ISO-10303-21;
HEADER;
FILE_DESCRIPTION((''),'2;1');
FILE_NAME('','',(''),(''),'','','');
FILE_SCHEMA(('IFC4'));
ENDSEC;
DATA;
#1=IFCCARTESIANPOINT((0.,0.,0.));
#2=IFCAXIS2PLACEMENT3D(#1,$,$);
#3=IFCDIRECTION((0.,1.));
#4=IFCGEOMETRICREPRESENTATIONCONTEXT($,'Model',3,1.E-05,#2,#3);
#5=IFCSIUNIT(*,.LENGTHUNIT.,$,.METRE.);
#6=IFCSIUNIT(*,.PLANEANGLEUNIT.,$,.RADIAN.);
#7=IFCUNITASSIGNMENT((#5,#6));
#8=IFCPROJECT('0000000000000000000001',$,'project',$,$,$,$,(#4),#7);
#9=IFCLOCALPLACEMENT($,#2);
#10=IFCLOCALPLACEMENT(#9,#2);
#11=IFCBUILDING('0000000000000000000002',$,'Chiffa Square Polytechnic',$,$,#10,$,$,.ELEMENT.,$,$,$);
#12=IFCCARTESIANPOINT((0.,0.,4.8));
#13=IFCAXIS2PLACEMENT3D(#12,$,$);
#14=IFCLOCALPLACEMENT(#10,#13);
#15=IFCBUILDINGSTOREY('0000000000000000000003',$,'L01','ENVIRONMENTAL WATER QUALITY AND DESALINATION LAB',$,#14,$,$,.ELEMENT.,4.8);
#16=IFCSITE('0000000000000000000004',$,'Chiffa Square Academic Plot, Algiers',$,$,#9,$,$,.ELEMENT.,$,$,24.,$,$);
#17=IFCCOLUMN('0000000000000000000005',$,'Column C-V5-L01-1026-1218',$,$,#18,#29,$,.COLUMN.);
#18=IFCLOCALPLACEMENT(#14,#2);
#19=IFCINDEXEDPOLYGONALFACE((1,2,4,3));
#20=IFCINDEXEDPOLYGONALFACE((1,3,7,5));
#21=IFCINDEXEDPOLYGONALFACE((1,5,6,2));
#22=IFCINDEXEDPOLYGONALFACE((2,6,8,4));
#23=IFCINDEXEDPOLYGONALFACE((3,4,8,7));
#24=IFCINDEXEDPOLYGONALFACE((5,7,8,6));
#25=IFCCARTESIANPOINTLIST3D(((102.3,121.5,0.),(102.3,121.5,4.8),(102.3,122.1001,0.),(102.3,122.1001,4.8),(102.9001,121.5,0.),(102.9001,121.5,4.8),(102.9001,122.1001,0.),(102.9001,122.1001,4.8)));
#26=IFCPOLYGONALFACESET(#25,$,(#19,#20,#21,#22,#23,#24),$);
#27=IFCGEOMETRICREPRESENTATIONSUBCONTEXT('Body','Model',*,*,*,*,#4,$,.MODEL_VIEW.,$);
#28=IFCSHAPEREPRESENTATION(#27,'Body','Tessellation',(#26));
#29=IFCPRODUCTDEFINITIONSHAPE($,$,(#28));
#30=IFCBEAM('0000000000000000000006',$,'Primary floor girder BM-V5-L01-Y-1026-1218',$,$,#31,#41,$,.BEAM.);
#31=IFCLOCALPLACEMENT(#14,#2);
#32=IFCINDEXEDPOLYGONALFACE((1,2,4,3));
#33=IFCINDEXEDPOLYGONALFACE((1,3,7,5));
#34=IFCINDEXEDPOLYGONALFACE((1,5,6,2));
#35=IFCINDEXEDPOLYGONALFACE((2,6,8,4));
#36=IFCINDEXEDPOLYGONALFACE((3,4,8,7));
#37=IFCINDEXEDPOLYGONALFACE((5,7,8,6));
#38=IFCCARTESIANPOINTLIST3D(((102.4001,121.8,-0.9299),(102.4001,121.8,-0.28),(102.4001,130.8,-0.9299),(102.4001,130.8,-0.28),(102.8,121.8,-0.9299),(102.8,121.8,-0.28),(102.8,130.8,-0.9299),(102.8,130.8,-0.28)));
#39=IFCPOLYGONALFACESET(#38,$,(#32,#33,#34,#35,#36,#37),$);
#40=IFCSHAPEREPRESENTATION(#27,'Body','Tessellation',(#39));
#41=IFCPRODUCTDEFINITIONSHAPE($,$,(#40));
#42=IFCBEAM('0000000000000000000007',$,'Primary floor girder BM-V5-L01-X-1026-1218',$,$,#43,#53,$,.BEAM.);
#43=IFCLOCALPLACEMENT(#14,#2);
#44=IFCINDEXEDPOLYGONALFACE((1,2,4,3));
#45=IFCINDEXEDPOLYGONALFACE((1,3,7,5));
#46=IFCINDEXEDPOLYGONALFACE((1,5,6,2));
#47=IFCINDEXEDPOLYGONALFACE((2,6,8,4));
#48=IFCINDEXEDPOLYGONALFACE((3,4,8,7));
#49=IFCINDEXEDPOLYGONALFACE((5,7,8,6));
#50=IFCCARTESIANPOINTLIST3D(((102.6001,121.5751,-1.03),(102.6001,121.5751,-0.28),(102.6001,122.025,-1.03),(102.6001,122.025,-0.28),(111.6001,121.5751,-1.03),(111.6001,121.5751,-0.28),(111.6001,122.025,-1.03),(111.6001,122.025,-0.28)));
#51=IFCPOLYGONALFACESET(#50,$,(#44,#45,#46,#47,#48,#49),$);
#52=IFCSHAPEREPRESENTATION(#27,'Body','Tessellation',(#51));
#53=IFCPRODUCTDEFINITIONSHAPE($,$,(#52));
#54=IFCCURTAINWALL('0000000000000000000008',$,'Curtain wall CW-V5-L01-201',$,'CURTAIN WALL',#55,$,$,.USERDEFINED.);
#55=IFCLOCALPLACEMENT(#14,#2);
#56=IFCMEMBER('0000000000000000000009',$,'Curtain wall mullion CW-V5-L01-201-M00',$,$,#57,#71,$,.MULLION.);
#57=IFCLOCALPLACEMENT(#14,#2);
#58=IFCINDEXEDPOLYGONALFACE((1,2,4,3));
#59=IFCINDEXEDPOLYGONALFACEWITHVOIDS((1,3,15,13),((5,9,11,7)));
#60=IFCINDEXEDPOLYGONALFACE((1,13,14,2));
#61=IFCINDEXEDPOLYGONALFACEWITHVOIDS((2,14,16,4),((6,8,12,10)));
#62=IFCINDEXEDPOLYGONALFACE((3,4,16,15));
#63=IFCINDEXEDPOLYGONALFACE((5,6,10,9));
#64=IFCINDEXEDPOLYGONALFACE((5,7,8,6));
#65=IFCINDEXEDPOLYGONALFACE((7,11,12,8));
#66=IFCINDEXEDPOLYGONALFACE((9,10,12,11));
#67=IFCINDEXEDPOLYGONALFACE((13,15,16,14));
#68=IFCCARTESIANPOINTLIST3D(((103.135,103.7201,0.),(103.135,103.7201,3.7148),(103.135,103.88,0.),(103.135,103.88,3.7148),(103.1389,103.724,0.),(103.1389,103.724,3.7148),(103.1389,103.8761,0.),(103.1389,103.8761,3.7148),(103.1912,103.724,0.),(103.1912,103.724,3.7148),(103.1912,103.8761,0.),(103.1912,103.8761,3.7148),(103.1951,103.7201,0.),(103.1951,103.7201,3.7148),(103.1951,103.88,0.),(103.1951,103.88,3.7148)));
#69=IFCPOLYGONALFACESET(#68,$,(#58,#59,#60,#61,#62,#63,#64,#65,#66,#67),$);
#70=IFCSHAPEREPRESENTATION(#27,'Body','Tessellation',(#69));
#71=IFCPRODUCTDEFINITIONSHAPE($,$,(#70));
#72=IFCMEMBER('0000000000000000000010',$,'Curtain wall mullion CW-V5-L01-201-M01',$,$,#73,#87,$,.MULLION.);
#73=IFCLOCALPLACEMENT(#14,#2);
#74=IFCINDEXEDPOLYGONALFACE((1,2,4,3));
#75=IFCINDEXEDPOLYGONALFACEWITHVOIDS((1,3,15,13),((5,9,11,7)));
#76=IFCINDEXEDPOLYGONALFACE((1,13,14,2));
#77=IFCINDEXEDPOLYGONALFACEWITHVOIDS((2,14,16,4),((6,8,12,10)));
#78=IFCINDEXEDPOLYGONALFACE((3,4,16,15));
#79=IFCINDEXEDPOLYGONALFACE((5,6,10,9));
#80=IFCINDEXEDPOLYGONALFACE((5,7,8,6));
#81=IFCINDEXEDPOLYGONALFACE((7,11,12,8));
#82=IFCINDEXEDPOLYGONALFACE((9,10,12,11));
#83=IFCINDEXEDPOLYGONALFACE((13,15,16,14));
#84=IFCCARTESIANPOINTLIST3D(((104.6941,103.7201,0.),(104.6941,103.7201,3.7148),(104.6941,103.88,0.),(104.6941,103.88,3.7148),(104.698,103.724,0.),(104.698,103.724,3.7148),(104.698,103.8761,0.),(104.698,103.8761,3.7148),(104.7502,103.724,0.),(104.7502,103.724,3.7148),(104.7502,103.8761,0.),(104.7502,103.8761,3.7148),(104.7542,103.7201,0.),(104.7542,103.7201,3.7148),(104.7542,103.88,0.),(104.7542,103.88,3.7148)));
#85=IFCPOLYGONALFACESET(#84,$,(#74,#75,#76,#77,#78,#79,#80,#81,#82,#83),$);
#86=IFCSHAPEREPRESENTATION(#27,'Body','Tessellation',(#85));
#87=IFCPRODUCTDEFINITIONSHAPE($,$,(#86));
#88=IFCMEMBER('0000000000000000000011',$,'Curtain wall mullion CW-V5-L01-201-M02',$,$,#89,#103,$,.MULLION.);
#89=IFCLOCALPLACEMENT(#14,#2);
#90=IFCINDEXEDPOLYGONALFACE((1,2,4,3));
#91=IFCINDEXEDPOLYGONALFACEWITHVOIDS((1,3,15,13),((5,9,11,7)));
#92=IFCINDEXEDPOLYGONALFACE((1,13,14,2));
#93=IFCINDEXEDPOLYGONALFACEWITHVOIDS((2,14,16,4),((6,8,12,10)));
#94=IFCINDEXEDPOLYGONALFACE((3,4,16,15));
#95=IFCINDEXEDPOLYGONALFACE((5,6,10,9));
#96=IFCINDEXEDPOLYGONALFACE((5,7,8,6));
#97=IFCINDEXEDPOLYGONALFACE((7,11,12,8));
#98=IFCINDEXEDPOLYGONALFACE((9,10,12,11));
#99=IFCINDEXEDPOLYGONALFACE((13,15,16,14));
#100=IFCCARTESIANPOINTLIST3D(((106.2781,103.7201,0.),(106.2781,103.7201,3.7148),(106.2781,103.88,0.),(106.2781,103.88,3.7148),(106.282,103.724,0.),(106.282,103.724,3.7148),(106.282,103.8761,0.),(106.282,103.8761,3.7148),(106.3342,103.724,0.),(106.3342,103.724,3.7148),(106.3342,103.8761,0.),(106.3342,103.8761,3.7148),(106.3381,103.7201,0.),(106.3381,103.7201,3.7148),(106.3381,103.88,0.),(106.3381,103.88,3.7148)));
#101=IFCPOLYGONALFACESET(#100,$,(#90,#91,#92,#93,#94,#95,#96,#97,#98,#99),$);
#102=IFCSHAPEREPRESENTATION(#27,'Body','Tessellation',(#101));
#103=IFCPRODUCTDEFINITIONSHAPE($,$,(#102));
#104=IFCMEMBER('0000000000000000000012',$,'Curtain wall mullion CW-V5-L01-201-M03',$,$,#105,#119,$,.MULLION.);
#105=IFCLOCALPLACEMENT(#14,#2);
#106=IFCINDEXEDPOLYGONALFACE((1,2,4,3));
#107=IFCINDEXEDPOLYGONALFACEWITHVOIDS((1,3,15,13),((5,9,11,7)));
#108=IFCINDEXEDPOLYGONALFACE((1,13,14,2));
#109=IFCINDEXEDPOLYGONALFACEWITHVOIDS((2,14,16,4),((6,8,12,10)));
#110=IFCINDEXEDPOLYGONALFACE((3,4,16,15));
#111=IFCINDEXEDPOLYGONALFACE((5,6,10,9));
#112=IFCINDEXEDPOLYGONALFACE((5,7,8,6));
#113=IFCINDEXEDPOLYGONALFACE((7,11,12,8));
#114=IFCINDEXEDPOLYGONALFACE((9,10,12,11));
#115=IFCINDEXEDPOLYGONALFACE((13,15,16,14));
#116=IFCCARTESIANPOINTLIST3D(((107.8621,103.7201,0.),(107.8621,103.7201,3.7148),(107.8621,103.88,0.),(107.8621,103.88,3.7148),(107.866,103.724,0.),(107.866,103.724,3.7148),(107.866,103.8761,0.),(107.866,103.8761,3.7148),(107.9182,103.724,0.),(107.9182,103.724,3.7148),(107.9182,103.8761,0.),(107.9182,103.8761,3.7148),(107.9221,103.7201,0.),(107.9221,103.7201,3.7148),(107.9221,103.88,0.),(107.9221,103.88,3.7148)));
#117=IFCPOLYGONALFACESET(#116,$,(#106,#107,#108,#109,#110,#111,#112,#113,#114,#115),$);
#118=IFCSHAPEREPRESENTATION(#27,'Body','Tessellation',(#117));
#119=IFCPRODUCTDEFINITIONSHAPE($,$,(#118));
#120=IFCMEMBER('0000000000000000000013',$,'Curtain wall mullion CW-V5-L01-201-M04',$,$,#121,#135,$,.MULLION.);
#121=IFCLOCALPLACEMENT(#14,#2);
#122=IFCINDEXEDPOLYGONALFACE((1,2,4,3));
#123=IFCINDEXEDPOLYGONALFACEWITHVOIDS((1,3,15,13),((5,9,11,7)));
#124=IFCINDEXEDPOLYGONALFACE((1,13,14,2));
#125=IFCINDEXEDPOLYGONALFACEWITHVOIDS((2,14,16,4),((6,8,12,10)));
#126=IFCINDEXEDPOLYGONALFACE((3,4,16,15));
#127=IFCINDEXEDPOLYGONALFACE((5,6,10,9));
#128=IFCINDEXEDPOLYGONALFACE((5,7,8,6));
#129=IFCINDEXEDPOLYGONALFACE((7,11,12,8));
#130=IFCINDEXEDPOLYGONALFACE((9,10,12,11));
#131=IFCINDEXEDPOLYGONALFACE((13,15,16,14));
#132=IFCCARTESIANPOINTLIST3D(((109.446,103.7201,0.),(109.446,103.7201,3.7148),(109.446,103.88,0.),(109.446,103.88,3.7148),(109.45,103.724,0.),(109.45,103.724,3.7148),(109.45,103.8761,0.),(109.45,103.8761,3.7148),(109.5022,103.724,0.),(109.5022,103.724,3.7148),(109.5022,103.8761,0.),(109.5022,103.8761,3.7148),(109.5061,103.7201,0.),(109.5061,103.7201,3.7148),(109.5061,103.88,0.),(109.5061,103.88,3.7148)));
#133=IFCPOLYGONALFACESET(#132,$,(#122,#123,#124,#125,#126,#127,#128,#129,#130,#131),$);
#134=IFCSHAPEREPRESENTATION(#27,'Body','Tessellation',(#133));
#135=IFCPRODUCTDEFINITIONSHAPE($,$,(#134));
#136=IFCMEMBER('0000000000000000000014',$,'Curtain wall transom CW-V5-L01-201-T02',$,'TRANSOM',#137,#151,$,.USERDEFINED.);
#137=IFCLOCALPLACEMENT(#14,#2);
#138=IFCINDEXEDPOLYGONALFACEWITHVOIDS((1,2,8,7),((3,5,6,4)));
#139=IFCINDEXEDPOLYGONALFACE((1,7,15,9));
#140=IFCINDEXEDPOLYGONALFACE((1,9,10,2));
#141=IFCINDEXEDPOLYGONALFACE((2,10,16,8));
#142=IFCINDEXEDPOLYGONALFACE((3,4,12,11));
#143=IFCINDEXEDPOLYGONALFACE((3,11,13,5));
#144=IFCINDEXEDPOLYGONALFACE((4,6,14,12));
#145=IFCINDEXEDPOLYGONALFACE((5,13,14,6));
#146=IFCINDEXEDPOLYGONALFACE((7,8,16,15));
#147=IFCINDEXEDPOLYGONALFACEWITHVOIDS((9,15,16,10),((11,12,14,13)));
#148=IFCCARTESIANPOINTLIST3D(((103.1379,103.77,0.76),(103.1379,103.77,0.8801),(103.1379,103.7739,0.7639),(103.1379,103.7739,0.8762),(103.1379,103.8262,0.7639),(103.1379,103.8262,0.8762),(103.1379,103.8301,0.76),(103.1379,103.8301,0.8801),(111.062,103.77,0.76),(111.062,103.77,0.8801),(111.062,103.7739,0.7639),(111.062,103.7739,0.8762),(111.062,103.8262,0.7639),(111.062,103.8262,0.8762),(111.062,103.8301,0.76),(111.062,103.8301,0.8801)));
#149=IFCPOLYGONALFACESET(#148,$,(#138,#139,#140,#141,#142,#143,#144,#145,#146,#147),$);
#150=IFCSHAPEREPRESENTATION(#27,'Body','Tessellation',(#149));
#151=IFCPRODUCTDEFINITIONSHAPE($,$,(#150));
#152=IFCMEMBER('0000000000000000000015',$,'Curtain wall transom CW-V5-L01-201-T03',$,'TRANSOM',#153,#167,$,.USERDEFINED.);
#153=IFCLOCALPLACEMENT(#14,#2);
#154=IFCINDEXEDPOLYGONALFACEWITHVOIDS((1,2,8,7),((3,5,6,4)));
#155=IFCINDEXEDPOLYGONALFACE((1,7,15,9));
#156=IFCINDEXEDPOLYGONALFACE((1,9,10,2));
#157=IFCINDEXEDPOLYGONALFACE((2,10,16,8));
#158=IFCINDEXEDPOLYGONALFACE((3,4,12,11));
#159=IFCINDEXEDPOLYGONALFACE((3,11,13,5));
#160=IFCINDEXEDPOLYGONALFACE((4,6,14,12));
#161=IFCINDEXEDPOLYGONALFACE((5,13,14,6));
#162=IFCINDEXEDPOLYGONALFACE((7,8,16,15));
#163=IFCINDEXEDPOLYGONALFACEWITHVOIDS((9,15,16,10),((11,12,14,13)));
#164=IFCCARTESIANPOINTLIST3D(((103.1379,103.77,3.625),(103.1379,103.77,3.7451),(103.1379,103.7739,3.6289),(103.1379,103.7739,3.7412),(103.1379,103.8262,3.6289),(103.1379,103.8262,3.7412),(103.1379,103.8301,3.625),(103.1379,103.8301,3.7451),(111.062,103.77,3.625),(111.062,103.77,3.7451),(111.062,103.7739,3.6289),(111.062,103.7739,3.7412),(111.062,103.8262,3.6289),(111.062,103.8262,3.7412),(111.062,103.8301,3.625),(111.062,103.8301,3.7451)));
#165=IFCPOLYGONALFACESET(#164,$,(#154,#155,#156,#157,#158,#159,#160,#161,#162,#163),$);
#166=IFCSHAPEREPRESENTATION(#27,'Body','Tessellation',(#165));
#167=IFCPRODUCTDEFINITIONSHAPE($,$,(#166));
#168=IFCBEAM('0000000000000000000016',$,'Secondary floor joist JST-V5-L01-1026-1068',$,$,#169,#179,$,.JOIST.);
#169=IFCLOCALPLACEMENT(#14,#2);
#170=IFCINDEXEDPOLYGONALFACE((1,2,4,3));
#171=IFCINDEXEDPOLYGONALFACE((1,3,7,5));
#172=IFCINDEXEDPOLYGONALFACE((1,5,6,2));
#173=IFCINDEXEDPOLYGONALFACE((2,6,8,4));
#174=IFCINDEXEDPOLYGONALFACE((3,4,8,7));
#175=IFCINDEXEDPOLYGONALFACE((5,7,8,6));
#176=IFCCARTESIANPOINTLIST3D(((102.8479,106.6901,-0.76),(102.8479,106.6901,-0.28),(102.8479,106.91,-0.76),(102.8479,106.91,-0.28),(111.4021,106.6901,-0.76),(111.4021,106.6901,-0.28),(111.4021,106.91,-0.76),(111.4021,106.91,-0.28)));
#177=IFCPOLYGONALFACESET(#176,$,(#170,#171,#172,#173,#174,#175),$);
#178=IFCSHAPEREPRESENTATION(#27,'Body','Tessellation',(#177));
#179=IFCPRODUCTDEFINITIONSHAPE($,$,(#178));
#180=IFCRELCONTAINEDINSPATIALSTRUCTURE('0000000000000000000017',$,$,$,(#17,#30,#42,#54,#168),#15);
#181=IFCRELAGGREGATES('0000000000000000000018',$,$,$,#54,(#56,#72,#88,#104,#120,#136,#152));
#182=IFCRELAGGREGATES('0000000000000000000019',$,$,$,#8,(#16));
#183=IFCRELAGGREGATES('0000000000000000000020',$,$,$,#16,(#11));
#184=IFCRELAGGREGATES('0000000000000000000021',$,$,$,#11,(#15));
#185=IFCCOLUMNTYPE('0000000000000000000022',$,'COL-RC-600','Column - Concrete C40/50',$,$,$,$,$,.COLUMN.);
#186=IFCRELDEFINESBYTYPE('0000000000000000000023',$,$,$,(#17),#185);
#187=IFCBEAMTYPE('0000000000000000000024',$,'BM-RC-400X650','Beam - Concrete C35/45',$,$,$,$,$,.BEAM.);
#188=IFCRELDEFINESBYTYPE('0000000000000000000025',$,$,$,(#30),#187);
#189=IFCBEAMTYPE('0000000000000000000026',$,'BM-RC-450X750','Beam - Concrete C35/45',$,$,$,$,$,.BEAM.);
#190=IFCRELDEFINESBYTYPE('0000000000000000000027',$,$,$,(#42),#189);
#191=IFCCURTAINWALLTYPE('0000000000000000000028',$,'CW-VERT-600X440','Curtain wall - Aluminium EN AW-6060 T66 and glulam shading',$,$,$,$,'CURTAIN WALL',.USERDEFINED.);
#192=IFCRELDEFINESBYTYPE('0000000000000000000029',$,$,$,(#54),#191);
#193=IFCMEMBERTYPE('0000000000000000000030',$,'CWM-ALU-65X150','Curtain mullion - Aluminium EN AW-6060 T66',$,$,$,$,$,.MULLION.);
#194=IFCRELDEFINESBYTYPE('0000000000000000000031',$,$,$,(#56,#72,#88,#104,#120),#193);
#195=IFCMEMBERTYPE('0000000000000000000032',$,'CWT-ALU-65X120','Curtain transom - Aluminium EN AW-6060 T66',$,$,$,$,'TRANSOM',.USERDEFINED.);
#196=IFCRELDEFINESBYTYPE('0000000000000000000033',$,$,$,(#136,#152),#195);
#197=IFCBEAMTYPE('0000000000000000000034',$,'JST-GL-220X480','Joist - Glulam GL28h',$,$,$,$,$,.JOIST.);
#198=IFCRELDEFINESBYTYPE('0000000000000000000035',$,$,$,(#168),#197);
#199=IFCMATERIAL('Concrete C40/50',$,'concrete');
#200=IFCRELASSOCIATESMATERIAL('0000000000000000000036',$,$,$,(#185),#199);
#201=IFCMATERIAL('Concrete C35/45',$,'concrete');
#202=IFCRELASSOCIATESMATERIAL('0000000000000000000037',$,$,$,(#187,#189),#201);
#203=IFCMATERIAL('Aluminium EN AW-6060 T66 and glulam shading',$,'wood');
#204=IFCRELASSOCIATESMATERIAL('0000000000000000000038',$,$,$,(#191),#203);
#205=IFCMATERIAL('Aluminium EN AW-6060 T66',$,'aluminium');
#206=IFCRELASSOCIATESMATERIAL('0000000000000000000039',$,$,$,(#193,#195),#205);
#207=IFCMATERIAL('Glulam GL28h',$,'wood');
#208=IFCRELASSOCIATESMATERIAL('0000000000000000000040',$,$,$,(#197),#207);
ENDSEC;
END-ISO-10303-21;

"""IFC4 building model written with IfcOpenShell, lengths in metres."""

from ifc_helpers import new_model, si_unit, direction, frame, origin, origin_2d, place, context, subcontext, project, spatial, rectangle, hollow_rectangle, extrude, material, material_profile, profile_set, type_object, element, aggregate, save


model = new_model("IFC4")

# Units and contexts
model_context = context("Model", 3, precision=1e-05, world=origin(), true_north=direction((0.0, 1.0)))
body_context = subcontext(model_context, "Body", "Model", "MODEL_VIEW")
ifc_project = project(units=[si_unit("LENGTHUNIT", "METRE"), si_unit("PLANEANGLEUNIT", "RADIAN")], contexts=[model_context])

# Site, building, storey
site_placement = place(None, origin())
site = spatial("IfcSite", under=ifc_project, at=site_placement, Name="Chiffa Square Academic Plot, Algiers", CompositionType="ELEMENT", RefElevation=24.0)
building_placement = place(site_placement, origin())
building = spatial("IfcBuilding", under=site, at=building_placement, Name="Chiffa Square Polytechnic", CompositionType="ELEMENT")
storey_placement = place(building_placement, frame((0.0, 0.0, 4.8)))
storey = spatial("IfcBuildingStorey", under=building, at=storey_placement, Name="L01", Description="ENVIRONMENTAL WATER QUALITY AND DESALINATION LAB", CompositionType="ELEMENT", Elevation=4.8)

# Column
ifc_material_1 = material(Name="Concrete C40/50", Category="concrete")
ifc_material_profile_1 = material_profile(ifc_material_1, rectangle(XDim=0.6001, YDim=0.6001, at=origin_2d()), Name="RC 600x600")
ifc_profile_set_1 = profile_set([ifc_material_profile_1], Name="Concrete C40/50")
column_type = type_object("IfcColumnType", Name="COL-RC-600", Description="Column - Concrete C40/50", PredefinedType="COLUMN", material=ifc_profile_set_1)
column_placement = place(storey_placement, frame((102.6001, 121.8, 0.0), z_axis=(0.0, 0.0, 1.0), x_axis=(1.0, 0.0, 0.0)))
element("IfcColumn", 1, at=column_placement, inside=storey, type_object=column_type, Name="Column C-V5-L01-1026-1218", PredefinedType="COLUMN", context=body_context, shape_type="SweptSolid", body=[
    extrude(rectangle(XDim=0.6001, YDim=0.6001, at=origin_2d()), origin(), (0.0, 0.0, 1.0), 4.8),
])

# Beams
ifc_material_2 = material(Name="Concrete C35/45", Category="concrete")
ifc_material_profile_2 = material_profile(ifc_material_2, rectangle(XDim=0.3999, YDim=0.6499, at=origin_2d()), Name="RC 400x650")
ifc_profile_set_2 = profile_set([ifc_material_profile_2], Name="Concrete C35/45")
beam_type_1 = type_object("IfcBeamType", Name="BM-RC-400X650", Description="Beam - Concrete C35/45", PredefinedType="BEAM", material=ifc_profile_set_2)
beam_1_placement = place(storey_placement, frame((102.6001, 121.8, -0.605), z_axis=(0.0, 1.0, 0.0), x_axis=(-1.0, 0.0, 0.0)))
element("IfcBeam", 2, at=beam_1_placement, inside=storey, type_object=beam_type_1, Name="Primary floor girder BM-V5-L01-Y-1026-1218", PredefinedType="BEAM", context=body_context, shape_type="SweptSolid", body=[
    extrude(rectangle(XDim=0.3999, YDim=0.6499, at=origin_2d()), origin(), (0.0, 0.0, 1.0), 9.0),
])
ifc_material_profile_3 = material_profile(ifc_material_2, rectangle(XDim=0.45, YDim=0.75, at=origin_2d()), Name="RC 450x750")
ifc_profile_set_3 = profile_set([ifc_material_profile_3], Name="Concrete C35/45")
beam_type_2 = type_object("IfcBeamType", Name="BM-RC-450X750", Description="Beam - Concrete C35/45", PredefinedType="BEAM", material=ifc_profile_set_3)
beam_2_placement = place(storey_placement, frame((102.6001, 121.8, -0.655), z_axis=(1.0, 0.0, 0.0), x_axis=(0.0, 1.0, 0.0)))
element("IfcBeam", 3, at=beam_2_placement, inside=storey, type_object=beam_type_2, Name="Primary floor girder BM-V5-L01-X-1026-1218", PredefinedType="BEAM", context=body_context, shape_type="SweptSolid", body=[
    extrude(rectangle(XDim=0.45, YDim=0.75, at=origin_2d()), origin(), (0.0, 0.0, 1.0), 9.0),
])

# Curtain wall, members
ifc_material_3 = material(Name="Aluminium EN AW-6060 T66 and glulam shading", Category="wood")
curtain_wall_type = type_object("IfcCurtainWallType", Name="CW-VERT-600X440", Description="Curtain wall - Aluminium EN AW-6060 T66 and glulam shading", ElementType="CURTAIN WALL", PredefinedType="USERDEFINED", material=ifc_material_3)
curtain_wall_placement = place(storey_placement, origin())
curtain_wall = element("IfcCurtainWall", 4, at=curtain_wall_placement, inside=storey, type_object=curtain_wall_type, Name="Curtain wall CW-V5-L01-201", ObjectType="CURTAIN WALL", PredefinedType="USERDEFINED")
ifc_material_4 = material(Name="Aluminium EN AW-6060 T66", Category="aluminium")
ifc_material_profile_4 = material_profile(ifc_material_4, hollow_rectangle(XDim=0.0601, YDim=0.1599, WallThickness=0.0039, at=origin_2d()), Name="ALU 60x160x4")
ifc_profile_set_4 = profile_set([ifc_material_profile_4], Name="Aluminium EN AW-6060 T66")
member_type_1 = type_object("IfcMemberType", Name="CWM-ALU-65X150", Description="Curtain mullion - Aluminium EN AW-6060 T66", PredefinedType="MULLION", material=ifc_profile_set_4)
member_1_placement = place(storey_placement, frame((103.165, 103.8, 0.0), z_axis=(0.0, 0.0, 1.0), x_axis=(1.0, 0.0, 0.0)))
member_1 = element("IfcMember", 5, at=member_1_placement, type_object=member_type_1, Name="Curtain wall mullion CW-V5-L01-201-M00", PredefinedType="MULLION", context=body_context, shape_type="SweptSolid", body=[
    extrude(hollow_rectangle(XDim=0.0601, YDim=0.1599, WallThickness=0.0039, at=origin_2d()), origin(), (0.0, 0.0, 1.0), 3.7148),
])
member_2_placement = place(storey_placement, frame((104.7241, 103.8, 0.0), z_axis=(0.0, 0.0, 1.0), x_axis=(1.0, 0.0, 0.0)))
member_2 = element("IfcMember", 6, at=member_2_placement, type_object=member_type_1, Name="Curtain wall mullion CW-V5-L01-201-M01", PredefinedType="MULLION", context=body_context, shape_type="SweptSolid", body=[
    extrude(hollow_rectangle(XDim=0.0601, YDim=0.1599, WallThickness=0.0039, at=origin_2d()), origin(), (0.0, 0.0, 1.0), 3.7148),
])
member_3_placement = place(storey_placement, frame((106.3081, 103.8, 0.0), z_axis=(0.0, 0.0, 1.0), x_axis=(1.0, 0.0, 0.0)))
member_3 = element("IfcMember", 7, at=member_3_placement, type_object=member_type_1, Name="Curtain wall mullion CW-V5-L01-201-M02", PredefinedType="MULLION", context=body_context, shape_type="SweptSolid", body=[
    extrude(hollow_rectangle(XDim=0.0601, YDim=0.1599, WallThickness=0.0039, at=origin_2d()), origin(), (0.0, 0.0, 1.0), 3.7148),
])
member_4_placement = place(storey_placement, frame((107.8921, 103.8, 0.0), z_axis=(0.0, 0.0, 1.0), x_axis=(1.0, 0.0, 0.0)))
member_4 = element("IfcMember", 8, at=member_4_placement, type_object=member_type_1, Name="Curtain wall mullion CW-V5-L01-201-M03", PredefinedType="MULLION", context=body_context, shape_type="SweptSolid", body=[
    extrude(hollow_rectangle(XDim=0.0601, YDim=0.1599, WallThickness=0.0039, at=origin_2d()), origin(), (0.0, 0.0, 1.0), 3.7148),
])
member_5_placement = place(storey_placement, frame((109.4761, 103.8, 0.0), z_axis=(0.0, 0.0, 1.0), x_axis=(1.0, 0.0, 0.0)))
member_5 = element("IfcMember", 9, at=member_5_placement, type_object=member_type_1, Name="Curtain wall mullion CW-V5-L01-201-M04", PredefinedType="MULLION", context=body_context, shape_type="SweptSolid", body=[
    extrude(hollow_rectangle(XDim=0.0601, YDim=0.1599, WallThickness=0.0039, at=origin_2d()), origin(), (0.0, 0.0, 1.0), 3.7148),
])
ifc_material_profile_5 = material_profile(ifc_material_4, hollow_rectangle(XDim=0.0601, YDim=0.1201, WallThickness=0.0039, at=origin_2d()), Name="ALU 60x120x4")
ifc_profile_set_5 = profile_set([ifc_material_profile_5], Name="Aluminium EN AW-6060 T66")
member_type_2 = type_object("IfcMemberType", Name="CWT-ALU-65X120", Description="Curtain transom - Aluminium EN AW-6060 T66", ElementType="TRANSOM", PredefinedType="USERDEFINED", material=ifc_profile_set_5)
member_6_placement = place(storey_placement, frame((103.1379, 103.8, 0.8201), z_axis=(1.0, 0.0, 0.0), x_axis=(0.0, 1.0, 0.0)))
member_6 = element("IfcMember", 10, at=member_6_placement, type_object=member_type_2, Name="Curtain wall transom CW-V5-L01-201-T02", ObjectType="TRANSOM", PredefinedType="USERDEFINED", context=body_context, shape_type="SweptSolid", body=[
    extrude(hollow_rectangle(XDim=0.0601, YDim=0.1201, WallThickness=0.0039, at=origin_2d()), origin(), (0.0, 0.0, 1.0), 7.9241),
])
member_7_placement = place(storey_placement, frame((103.1379, 103.8, 3.6851), z_axis=(1.0, 0.0, 0.0), x_axis=(0.0, 1.0, 0.0)))
member_7 = element("IfcMember", 11, at=member_7_placement, type_object=member_type_2, Name="Curtain wall transom CW-V5-L01-201-T03", ObjectType="TRANSOM", PredefinedType="USERDEFINED", context=body_context, shape_type="SweptSolid", body=[
    extrude(hollow_rectangle(XDim=0.0601, YDim=0.1201, WallThickness=0.0039, at=origin_2d()), origin(), (0.0, 0.0, 1.0), 7.9241),
])

# Beam
ifc_material_5 = material(Name="Glulam GL28h", Category="wood")
ifc_material_profile_6 = material_profile(ifc_material_5, rectangle(XDim=0.22, YDim=0.48, at=origin_2d()), Name="GL28h 220x480")
ifc_profile_set_6 = profile_set([ifc_material_profile_6], Name="Glulam GL28h")
beam_type_3 = type_object("IfcBeamType", Name="JST-GL-220X480", Description="Joist - Glulam GL28h", PredefinedType="JOIST", material=ifc_profile_set_6)
for number, where, z_axis, x_axis, name in (
    (12, (102.8479, 106.8, -0.52), (1.0, 0.0, 0.0), (0.0, 1.0, 0.0), "Secondary floor joist JST-V5-L01-1026-1068"),
):
    element("IfcBeam", number, at=place(storey_placement, frame(where, z_axis=z_axis, x_axis=x_axis)), inside=storey, type_object=beam_type_3, Name=name, PredefinedType="JOIST", context=body_context, shape_type="SweptSolid", body=[
        extrude(rectangle(XDim=0.22, YDim=0.48, at=origin_2d()), origin(), (0.0, 0.0, 1.0), 8.5542),
    ])

aggregate(curtain_wall, [member_1, member_2, member_3, member_4, member_5, member_6, member_7])

save(model, "model.ifc")
